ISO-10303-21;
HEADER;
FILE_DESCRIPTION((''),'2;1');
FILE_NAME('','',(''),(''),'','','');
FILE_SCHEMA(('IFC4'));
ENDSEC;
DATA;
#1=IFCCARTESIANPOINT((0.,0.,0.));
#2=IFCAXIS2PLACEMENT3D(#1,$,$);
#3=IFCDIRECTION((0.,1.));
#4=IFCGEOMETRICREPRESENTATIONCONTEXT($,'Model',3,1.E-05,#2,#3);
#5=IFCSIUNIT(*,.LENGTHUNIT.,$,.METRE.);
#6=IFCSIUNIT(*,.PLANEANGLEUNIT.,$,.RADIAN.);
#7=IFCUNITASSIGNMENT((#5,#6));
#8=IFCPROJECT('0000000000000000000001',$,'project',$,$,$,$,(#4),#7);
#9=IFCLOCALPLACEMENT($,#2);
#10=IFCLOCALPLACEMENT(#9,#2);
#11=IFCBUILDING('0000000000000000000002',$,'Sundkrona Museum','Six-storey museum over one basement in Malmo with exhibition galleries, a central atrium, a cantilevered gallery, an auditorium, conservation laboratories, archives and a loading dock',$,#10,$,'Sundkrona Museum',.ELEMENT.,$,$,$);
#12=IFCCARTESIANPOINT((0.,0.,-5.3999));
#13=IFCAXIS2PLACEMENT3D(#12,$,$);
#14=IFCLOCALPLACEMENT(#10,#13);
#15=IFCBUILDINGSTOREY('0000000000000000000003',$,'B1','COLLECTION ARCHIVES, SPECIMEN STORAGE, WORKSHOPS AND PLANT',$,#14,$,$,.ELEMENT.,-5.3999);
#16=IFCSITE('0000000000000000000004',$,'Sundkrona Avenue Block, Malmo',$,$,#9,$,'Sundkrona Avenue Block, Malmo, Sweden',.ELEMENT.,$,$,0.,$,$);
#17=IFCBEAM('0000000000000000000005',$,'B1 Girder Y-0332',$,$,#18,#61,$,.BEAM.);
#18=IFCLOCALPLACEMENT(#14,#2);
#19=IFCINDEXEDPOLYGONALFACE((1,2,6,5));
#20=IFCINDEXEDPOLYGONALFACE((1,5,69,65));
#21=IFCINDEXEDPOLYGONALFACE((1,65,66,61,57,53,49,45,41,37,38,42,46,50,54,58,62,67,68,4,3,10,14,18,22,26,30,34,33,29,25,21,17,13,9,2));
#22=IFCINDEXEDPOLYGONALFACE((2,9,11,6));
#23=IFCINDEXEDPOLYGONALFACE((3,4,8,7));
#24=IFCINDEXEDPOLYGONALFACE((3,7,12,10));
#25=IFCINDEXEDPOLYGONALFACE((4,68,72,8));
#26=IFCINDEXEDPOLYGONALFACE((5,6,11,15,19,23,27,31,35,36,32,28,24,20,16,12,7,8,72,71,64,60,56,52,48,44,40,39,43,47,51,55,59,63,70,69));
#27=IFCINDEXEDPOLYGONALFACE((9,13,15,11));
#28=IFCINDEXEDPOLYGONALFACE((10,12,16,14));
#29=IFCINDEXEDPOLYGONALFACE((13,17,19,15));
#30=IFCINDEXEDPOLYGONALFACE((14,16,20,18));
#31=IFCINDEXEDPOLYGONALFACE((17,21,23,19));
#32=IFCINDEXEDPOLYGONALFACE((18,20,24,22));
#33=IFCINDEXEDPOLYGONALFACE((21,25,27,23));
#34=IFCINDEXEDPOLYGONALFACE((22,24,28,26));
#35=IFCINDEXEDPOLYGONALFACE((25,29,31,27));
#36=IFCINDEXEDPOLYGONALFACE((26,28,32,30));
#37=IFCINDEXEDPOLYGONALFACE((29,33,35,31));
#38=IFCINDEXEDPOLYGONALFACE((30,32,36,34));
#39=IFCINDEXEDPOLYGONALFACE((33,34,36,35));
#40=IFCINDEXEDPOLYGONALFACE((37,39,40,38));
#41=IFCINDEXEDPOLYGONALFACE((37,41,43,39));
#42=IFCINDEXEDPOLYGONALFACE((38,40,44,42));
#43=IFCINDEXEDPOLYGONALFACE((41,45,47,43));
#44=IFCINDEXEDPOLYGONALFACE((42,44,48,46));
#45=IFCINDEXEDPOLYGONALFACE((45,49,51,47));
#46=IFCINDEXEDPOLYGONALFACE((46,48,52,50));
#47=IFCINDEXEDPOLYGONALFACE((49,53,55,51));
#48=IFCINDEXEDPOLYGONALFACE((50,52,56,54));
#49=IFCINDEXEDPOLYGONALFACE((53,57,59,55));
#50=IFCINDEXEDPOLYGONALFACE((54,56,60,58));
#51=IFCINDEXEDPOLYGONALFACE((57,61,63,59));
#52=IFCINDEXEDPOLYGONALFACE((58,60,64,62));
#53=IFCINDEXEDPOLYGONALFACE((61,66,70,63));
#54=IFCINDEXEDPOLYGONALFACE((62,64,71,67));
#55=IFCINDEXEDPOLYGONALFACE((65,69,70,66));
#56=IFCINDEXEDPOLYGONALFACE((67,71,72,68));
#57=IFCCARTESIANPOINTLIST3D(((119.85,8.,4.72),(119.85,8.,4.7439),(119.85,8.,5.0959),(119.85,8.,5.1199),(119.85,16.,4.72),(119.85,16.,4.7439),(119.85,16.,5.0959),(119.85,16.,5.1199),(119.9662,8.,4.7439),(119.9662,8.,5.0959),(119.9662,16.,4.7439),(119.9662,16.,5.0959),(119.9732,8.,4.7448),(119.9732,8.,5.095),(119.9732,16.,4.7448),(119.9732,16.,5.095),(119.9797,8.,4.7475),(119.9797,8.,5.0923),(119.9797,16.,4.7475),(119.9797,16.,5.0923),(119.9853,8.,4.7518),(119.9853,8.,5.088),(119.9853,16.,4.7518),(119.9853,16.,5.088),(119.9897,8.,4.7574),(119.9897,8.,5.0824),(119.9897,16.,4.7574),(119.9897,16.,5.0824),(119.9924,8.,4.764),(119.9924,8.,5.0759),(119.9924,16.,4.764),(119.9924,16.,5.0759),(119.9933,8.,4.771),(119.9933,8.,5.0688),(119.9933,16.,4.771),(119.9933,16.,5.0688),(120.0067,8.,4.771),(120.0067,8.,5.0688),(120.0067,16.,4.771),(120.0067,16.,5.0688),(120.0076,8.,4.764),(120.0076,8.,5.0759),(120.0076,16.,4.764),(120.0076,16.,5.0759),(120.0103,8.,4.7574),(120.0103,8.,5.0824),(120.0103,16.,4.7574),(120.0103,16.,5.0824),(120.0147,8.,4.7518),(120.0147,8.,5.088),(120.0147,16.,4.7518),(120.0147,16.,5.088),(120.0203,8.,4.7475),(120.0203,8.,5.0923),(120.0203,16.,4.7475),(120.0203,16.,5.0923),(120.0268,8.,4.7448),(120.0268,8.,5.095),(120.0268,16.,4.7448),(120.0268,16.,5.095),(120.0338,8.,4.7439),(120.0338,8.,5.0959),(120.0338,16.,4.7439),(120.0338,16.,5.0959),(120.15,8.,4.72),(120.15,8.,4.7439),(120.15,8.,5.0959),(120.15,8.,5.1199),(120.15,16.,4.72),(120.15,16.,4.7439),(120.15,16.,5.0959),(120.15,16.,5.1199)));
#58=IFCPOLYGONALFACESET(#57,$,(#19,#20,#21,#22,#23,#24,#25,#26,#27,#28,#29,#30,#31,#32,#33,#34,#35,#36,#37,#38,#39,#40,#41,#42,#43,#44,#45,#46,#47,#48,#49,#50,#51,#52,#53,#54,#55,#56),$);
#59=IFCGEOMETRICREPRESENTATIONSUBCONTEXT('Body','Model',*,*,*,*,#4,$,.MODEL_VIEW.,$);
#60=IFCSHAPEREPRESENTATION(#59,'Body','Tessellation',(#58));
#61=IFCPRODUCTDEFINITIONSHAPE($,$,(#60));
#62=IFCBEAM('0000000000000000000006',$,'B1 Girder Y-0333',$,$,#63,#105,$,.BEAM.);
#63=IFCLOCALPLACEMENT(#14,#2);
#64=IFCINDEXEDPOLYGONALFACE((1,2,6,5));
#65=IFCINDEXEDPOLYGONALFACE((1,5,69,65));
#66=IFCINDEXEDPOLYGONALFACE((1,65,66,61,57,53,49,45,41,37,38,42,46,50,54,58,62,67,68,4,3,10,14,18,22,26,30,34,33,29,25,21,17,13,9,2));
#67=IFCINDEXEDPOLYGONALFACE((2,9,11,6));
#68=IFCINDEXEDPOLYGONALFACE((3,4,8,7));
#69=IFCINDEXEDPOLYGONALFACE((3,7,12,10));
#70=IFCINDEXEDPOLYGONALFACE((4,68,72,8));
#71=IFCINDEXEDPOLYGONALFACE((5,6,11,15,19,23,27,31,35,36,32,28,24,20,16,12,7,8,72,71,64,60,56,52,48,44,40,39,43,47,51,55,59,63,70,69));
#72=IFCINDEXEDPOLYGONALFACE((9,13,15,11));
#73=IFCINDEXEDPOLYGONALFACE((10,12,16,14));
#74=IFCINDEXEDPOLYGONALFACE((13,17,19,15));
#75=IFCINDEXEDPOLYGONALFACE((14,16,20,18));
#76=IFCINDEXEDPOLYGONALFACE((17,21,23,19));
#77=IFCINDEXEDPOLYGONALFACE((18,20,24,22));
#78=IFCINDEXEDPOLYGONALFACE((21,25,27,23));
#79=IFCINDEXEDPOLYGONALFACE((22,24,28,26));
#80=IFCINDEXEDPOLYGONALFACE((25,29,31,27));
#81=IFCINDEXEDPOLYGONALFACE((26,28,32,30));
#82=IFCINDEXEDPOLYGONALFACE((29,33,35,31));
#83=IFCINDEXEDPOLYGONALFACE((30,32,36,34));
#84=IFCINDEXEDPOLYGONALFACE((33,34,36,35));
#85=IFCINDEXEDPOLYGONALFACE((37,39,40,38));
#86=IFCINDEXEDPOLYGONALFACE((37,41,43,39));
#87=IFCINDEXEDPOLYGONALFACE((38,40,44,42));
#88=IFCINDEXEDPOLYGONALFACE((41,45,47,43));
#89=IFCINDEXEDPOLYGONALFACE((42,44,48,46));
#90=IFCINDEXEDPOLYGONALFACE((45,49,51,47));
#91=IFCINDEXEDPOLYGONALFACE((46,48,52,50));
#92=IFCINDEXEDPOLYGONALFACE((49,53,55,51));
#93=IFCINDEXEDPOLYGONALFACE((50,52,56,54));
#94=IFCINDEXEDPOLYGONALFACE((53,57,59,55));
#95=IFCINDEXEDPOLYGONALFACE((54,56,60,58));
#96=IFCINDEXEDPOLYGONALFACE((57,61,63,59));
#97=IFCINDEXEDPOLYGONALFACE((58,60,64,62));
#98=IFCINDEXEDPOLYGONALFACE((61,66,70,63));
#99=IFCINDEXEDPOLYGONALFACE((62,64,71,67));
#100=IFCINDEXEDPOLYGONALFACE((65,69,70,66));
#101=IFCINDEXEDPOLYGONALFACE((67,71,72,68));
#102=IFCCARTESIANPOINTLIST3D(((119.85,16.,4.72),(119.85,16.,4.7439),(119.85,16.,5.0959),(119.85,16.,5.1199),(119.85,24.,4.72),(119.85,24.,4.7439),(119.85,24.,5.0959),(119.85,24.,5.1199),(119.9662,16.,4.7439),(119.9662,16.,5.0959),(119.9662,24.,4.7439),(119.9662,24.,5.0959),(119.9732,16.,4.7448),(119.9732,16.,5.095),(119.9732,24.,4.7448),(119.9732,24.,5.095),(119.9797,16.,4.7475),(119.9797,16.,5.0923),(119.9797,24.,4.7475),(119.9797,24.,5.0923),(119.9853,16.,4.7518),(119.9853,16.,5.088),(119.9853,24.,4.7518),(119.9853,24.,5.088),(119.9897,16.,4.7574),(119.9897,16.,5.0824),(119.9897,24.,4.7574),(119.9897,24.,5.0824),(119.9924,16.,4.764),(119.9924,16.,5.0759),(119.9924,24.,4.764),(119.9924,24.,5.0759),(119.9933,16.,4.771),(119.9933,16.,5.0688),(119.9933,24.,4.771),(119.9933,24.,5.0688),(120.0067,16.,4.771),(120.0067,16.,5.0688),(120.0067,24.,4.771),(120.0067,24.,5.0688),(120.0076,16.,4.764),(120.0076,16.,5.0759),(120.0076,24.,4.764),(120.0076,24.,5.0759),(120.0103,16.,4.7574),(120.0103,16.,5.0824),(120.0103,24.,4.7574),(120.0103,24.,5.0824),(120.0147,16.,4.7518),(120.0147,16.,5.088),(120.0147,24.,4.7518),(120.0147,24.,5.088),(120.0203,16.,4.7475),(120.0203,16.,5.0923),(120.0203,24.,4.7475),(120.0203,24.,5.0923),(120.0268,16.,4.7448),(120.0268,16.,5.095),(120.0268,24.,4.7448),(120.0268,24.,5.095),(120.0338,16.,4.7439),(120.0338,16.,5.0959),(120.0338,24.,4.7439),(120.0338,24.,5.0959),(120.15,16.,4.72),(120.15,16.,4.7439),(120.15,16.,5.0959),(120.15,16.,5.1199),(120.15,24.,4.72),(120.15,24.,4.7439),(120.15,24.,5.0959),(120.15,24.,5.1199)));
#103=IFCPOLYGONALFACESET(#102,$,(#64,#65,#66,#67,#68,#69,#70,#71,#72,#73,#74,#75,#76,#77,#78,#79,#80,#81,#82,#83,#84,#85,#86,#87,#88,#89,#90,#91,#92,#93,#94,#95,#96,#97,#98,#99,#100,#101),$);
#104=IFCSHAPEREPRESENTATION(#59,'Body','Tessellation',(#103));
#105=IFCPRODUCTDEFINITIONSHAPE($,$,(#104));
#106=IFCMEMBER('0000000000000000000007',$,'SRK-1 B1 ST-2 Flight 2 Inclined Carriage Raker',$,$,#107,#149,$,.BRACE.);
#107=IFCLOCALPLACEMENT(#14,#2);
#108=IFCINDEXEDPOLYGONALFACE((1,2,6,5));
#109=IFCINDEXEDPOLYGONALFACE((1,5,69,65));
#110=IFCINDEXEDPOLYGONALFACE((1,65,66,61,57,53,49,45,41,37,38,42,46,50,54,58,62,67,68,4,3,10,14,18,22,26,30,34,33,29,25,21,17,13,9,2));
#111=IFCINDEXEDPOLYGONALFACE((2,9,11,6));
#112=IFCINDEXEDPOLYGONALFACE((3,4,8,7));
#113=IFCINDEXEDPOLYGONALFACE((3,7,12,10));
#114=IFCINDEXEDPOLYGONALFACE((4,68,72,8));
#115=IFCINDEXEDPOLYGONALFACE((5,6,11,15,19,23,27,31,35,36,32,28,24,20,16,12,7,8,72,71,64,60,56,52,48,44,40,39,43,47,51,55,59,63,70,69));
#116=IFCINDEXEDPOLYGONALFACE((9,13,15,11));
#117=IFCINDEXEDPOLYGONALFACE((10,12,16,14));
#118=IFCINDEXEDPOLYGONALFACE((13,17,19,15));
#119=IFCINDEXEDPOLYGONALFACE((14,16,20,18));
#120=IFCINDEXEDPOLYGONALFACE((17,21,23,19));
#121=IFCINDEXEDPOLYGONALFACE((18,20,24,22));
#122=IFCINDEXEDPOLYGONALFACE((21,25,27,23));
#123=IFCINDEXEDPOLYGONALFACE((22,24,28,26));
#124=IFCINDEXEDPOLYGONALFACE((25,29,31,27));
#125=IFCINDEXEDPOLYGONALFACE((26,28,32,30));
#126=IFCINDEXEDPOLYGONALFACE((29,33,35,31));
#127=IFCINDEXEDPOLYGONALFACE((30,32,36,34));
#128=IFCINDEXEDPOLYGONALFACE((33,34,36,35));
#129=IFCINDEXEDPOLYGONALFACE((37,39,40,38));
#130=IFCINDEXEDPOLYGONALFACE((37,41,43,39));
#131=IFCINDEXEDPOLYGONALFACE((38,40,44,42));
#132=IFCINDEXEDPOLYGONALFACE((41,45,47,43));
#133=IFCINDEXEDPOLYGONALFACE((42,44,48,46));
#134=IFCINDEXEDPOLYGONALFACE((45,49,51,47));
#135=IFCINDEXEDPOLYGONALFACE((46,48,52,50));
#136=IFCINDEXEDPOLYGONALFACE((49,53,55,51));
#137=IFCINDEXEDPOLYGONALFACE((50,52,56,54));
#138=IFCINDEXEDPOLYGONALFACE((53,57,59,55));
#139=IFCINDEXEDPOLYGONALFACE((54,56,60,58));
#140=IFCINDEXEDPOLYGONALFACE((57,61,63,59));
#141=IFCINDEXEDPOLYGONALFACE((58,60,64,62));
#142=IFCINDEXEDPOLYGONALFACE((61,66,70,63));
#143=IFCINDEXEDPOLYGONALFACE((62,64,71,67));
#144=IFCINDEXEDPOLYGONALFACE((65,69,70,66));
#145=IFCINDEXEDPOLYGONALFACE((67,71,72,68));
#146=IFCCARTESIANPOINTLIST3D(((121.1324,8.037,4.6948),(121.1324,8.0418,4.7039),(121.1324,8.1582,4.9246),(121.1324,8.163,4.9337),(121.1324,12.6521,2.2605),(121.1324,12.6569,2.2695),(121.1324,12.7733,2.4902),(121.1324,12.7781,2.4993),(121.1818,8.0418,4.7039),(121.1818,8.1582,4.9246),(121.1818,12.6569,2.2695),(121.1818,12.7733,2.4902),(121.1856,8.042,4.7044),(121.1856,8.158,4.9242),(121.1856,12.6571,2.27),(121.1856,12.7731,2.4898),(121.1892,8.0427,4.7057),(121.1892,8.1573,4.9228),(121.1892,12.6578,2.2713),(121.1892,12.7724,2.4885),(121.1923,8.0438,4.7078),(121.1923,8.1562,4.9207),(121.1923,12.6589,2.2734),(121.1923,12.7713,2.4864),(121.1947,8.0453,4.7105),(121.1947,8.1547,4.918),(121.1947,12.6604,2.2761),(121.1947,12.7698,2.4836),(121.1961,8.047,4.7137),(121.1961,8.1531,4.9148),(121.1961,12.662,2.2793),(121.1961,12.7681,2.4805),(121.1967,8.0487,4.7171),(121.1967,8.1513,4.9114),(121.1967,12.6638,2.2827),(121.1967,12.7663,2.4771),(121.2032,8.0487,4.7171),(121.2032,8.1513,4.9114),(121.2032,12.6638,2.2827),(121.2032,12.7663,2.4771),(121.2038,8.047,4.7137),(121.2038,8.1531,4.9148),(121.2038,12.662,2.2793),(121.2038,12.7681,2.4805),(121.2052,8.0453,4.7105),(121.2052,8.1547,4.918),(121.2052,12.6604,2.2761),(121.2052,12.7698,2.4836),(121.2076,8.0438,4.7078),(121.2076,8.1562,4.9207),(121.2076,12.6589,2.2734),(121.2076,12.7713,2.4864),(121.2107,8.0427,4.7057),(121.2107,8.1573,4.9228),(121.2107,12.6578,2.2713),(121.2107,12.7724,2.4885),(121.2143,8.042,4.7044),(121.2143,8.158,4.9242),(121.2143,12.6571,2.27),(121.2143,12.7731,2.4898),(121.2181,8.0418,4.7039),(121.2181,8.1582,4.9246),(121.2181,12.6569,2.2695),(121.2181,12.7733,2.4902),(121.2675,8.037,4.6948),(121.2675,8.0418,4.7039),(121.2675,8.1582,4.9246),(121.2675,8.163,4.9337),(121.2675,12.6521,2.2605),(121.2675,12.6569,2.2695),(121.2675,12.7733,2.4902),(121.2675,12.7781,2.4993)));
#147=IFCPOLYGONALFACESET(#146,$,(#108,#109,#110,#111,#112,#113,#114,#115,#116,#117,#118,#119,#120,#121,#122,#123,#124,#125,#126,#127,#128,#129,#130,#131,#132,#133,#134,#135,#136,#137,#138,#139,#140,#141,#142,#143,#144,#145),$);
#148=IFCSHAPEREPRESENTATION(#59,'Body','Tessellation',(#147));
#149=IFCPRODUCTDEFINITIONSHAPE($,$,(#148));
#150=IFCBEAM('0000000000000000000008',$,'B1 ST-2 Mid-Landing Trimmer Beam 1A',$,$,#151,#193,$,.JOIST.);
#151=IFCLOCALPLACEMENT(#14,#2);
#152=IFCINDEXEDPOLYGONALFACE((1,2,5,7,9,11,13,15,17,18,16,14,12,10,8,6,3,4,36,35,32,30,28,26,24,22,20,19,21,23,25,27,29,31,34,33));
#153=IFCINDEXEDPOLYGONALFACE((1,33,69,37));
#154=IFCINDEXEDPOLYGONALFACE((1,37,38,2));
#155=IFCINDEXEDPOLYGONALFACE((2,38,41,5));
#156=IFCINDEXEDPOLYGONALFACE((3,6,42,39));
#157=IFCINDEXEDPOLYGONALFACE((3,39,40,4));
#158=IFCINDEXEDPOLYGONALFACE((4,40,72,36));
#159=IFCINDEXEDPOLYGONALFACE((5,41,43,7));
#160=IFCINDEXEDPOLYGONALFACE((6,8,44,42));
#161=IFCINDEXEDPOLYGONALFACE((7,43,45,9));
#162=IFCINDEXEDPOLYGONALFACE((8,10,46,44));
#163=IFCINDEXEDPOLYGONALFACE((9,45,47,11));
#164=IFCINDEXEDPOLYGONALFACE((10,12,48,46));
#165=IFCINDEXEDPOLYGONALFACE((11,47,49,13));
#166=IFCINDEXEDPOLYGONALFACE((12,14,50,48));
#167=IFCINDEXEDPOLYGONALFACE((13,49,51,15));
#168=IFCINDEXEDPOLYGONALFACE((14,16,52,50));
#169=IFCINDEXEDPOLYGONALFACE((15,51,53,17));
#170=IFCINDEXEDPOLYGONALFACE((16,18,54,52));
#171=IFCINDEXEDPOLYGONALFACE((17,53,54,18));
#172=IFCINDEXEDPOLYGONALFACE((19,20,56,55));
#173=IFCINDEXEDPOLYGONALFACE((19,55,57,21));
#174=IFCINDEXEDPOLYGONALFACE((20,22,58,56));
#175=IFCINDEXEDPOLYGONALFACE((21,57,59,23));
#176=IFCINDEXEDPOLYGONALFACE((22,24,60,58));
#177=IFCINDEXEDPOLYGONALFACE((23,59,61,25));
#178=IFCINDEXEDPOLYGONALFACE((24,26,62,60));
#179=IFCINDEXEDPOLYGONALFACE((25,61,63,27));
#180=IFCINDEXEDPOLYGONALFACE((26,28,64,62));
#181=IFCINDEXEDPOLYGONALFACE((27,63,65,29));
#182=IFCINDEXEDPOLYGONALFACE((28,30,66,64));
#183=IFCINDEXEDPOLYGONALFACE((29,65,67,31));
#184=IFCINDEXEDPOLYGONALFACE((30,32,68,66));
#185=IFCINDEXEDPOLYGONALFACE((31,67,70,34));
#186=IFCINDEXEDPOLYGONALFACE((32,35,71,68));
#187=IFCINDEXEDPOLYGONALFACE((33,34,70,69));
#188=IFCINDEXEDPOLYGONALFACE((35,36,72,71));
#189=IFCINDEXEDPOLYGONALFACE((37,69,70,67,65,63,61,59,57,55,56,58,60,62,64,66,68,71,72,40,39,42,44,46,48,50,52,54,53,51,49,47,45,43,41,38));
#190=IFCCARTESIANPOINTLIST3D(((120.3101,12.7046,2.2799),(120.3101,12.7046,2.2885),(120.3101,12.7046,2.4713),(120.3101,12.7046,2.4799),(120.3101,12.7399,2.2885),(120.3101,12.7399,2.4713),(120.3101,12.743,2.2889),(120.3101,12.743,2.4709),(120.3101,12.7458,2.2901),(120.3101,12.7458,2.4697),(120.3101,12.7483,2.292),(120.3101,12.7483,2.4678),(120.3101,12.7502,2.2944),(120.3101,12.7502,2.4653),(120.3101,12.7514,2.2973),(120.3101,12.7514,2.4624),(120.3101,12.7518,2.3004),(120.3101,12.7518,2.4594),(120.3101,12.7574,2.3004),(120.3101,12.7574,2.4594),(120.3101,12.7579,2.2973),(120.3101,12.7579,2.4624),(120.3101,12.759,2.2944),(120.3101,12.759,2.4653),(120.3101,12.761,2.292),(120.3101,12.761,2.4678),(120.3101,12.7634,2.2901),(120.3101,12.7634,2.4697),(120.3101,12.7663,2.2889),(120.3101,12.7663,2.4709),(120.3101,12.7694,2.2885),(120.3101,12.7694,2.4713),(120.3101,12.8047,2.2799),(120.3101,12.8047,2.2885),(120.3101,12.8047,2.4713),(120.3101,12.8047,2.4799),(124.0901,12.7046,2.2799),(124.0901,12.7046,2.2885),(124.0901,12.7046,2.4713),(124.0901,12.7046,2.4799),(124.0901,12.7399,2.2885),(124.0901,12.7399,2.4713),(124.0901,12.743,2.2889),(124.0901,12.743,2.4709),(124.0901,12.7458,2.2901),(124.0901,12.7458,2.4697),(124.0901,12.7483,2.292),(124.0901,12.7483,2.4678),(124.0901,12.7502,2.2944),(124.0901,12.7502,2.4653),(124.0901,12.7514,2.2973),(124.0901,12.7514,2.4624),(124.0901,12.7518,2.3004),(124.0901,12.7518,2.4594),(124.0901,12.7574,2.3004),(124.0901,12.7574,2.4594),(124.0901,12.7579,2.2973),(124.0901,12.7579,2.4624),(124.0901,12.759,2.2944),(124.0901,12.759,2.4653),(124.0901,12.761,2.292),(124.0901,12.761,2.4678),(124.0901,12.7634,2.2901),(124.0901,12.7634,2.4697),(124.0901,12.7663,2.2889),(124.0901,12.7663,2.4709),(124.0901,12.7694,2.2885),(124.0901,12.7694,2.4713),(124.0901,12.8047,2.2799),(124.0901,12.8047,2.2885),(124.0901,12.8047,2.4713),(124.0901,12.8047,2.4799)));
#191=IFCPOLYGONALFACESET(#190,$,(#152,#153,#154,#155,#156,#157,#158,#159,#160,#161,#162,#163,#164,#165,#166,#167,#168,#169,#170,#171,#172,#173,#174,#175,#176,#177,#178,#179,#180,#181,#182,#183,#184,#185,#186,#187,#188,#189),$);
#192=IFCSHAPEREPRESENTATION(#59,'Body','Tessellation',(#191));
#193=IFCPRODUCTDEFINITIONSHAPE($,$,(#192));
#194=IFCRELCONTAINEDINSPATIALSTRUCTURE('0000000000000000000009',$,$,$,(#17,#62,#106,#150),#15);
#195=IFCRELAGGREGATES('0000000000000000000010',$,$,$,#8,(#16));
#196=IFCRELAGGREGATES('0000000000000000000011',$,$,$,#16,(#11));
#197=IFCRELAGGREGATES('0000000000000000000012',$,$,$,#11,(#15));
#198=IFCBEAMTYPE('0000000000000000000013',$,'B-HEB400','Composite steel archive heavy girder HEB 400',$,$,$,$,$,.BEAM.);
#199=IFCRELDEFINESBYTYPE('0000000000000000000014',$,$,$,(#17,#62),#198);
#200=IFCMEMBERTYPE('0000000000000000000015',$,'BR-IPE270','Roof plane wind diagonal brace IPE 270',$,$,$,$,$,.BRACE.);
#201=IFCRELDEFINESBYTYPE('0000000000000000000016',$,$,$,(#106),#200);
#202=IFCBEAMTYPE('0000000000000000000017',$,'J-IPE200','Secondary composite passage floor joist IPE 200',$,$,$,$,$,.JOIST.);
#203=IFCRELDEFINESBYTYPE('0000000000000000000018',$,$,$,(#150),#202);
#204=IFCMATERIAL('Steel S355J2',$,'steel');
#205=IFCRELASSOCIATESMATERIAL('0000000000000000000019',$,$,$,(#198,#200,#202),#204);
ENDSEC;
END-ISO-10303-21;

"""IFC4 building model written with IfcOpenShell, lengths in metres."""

from ifc_helpers import new_model, si_unit, direction, frame, origin, origin_2d, place, context, subcontext, project, spatial, i_section, extrude, material, material_profile, profile_set, type_object, element, save


model = new_model("IFC4")

# Units and contexts
model_context = context("Model", 3, precision=1e-05, world=origin(), true_north=direction((0.0, 1.0)))
body_context = subcontext(model_context, "Body", "Model", "MODEL_VIEW")
ifc_project = project(units=[si_unit("LENGTHUNIT", "METRE"), si_unit("PLANEANGLEUNIT", "RADIAN")], contexts=[model_context])

# Site, building, storey
site_placement = place(None, origin())
site = spatial("IfcSite", under=ifc_project, at=site_placement, Name="Sundkrona Avenue Block, Malmo", LongName="Sundkrona Avenue Block, Malmo, Sweden", CompositionType="ELEMENT", RefElevation=0.0)
building_placement = place(site_placement, origin())
building = spatial("IfcBuilding", under=site, at=building_placement, Name="Sundkrona Museum", Description="Six-storey museum over one basement in Malmo with exhibition galleries, a central atrium, a cantilevered gallery, an auditorium, conservation laboratories, archives and a loading dock", LongName="Sundkrona Museum", CompositionType="ELEMENT")
storey_placement = place(building_placement, frame((0.0, 0.0, -5.3999)))
storey = spatial("IfcBuildingStorey", under=building, at=storey_placement, Name="B1", Description="COLLECTION ARCHIVES, SPECIMEN STORAGE, WORKSHOPS AND PLANT", CompositionType="ELEMENT", Elevation=-5.3999)

# Beams
ifc_material_1 = material(Name="Steel S355J2", Category="steel")
ifc_material_profile_1 = material_profile(ifc_material_1, i_section(OverallWidth=0.3, OverallDepth=0.3999, WebThickness=0.0134, FlangeThickness=0.0239, FilletRadius=0.0271, at=origin_2d()), Name="HEB 400")
ifc_profile_set_1 = profile_set([ifc_material_profile_1], Name="Steel S355J2")
beam_type_1 = type_object("IfcBeamType", Name="B-HEB400", Description="Composite steel archive heavy girder HEB 400", PredefinedType="BEAM", material=ifc_profile_set_1)
for number, where, z_axis, x_axis, name in (
    (1, (120.0, 8.0, 4.9199), (0.0, 1.0, 0.0), (-1.0, 0.0, 0.0), "B1 Girder Y-0332"),
    (2, (120.0, 16.0, 4.9199), (0.0, 1.0, 0.0), (-1.0, 0.0, 0.0), "B1 Girder Y-0333"),
):
    element("IfcBeam", number, at=place(storey_placement, frame(where, z_axis=z_axis, x_axis=x_axis)), inside=storey, type_object=beam_type_1, Name=name, PredefinedType="BEAM", context=body_context, shape_type="SweptSolid", body=[
        extrude(i_section(OverallWidth=0.3, OverallDepth=0.3999, WebThickness=0.0134, FlangeThickness=0.0239, FilletRadius=0.0271, at=origin_2d()), origin(), (0.0, 0.0, 1.0), 8.0),
    ])

# Member
ifc_material_profile_2 = material_profile(ifc_material_1, i_section(OverallWidth=0.135, OverallDepth=0.27, WebThickness=0.0066, FlangeThickness=0.0103, FilletRadius=0.0149, at=origin_2d()), Name="IPE 270")
ifc_profile_set_2 = profile_set([ifc_material_profile_2], Name="Steel S355J2")
member_type = type_object("IfcMemberType", Name="BR-IPE270", Description="Roof plane wind diagonal brace IPE 270", PredefinedType="BRACE", material=ifc_profile_set_2)
member_placement = place(storey_placement, frame((121.2, 12.7151, 2.3799), z_axis=(0.0, -0.884493, 0.466554), x_axis=(1.0, 0.0, 0.0)))
element("IfcMember", 3, at=member_placement, inside=storey, type_object=member_type, Name="SRK-1 B1 ST-2 Flight 2 Inclined Carriage Raker", PredefinedType="BRACE", context=body_context, shape_type="SweptSolid", body=[
    extrude(i_section(OverallWidth=0.135, OverallDepth=0.27, WebThickness=0.0066, FlangeThickness=0.0103, FilletRadius=0.0149, at=origin_2d()), origin(), (0.0, 0.0, 1.0), 5.2178),
])

# Beam
ifc_material_profile_3 = material_profile(ifc_material_1, i_section(OverallWidth=0.1001, OverallDepth=0.2, WebThickness=0.0056, FlangeThickness=0.0085, FilletRadius=0.012, at=origin_2d()), Name="IPE 200")
ifc_profile_set_3 = profile_set([ifc_material_profile_3], Name="Steel S355J2")
beam_type_2 = type_object("IfcBeamType", Name="J-IPE200", Description="Secondary composite passage floor joist IPE 200", PredefinedType="JOIST", material=ifc_profile_set_3)
for number, where, z_axis, x_axis, name in (
    (4, (120.3101, 12.7546, 2.3799), (1.0, 0.0, 0.0), (0.0, 1.0, 0.0), "B1 ST-2 Mid-Landing Trimmer Beam 1A"),
):
    element("IfcBeam", number, at=place(storey_placement, frame(where, z_axis=z_axis, x_axis=x_axis)), inside=storey, type_object=beam_type_2, Name=name, PredefinedType="JOIST", context=body_context, shape_type="SweptSolid", body=[
        extrude(i_section(OverallWidth=0.1001, OverallDepth=0.2, WebThickness=0.0056, FlangeThickness=0.0085, FilletRadius=0.012, at=origin_2d()), origin(), (0.0, 0.0, 1.0), 3.78),
    ])

save(model, "model.ifc")
